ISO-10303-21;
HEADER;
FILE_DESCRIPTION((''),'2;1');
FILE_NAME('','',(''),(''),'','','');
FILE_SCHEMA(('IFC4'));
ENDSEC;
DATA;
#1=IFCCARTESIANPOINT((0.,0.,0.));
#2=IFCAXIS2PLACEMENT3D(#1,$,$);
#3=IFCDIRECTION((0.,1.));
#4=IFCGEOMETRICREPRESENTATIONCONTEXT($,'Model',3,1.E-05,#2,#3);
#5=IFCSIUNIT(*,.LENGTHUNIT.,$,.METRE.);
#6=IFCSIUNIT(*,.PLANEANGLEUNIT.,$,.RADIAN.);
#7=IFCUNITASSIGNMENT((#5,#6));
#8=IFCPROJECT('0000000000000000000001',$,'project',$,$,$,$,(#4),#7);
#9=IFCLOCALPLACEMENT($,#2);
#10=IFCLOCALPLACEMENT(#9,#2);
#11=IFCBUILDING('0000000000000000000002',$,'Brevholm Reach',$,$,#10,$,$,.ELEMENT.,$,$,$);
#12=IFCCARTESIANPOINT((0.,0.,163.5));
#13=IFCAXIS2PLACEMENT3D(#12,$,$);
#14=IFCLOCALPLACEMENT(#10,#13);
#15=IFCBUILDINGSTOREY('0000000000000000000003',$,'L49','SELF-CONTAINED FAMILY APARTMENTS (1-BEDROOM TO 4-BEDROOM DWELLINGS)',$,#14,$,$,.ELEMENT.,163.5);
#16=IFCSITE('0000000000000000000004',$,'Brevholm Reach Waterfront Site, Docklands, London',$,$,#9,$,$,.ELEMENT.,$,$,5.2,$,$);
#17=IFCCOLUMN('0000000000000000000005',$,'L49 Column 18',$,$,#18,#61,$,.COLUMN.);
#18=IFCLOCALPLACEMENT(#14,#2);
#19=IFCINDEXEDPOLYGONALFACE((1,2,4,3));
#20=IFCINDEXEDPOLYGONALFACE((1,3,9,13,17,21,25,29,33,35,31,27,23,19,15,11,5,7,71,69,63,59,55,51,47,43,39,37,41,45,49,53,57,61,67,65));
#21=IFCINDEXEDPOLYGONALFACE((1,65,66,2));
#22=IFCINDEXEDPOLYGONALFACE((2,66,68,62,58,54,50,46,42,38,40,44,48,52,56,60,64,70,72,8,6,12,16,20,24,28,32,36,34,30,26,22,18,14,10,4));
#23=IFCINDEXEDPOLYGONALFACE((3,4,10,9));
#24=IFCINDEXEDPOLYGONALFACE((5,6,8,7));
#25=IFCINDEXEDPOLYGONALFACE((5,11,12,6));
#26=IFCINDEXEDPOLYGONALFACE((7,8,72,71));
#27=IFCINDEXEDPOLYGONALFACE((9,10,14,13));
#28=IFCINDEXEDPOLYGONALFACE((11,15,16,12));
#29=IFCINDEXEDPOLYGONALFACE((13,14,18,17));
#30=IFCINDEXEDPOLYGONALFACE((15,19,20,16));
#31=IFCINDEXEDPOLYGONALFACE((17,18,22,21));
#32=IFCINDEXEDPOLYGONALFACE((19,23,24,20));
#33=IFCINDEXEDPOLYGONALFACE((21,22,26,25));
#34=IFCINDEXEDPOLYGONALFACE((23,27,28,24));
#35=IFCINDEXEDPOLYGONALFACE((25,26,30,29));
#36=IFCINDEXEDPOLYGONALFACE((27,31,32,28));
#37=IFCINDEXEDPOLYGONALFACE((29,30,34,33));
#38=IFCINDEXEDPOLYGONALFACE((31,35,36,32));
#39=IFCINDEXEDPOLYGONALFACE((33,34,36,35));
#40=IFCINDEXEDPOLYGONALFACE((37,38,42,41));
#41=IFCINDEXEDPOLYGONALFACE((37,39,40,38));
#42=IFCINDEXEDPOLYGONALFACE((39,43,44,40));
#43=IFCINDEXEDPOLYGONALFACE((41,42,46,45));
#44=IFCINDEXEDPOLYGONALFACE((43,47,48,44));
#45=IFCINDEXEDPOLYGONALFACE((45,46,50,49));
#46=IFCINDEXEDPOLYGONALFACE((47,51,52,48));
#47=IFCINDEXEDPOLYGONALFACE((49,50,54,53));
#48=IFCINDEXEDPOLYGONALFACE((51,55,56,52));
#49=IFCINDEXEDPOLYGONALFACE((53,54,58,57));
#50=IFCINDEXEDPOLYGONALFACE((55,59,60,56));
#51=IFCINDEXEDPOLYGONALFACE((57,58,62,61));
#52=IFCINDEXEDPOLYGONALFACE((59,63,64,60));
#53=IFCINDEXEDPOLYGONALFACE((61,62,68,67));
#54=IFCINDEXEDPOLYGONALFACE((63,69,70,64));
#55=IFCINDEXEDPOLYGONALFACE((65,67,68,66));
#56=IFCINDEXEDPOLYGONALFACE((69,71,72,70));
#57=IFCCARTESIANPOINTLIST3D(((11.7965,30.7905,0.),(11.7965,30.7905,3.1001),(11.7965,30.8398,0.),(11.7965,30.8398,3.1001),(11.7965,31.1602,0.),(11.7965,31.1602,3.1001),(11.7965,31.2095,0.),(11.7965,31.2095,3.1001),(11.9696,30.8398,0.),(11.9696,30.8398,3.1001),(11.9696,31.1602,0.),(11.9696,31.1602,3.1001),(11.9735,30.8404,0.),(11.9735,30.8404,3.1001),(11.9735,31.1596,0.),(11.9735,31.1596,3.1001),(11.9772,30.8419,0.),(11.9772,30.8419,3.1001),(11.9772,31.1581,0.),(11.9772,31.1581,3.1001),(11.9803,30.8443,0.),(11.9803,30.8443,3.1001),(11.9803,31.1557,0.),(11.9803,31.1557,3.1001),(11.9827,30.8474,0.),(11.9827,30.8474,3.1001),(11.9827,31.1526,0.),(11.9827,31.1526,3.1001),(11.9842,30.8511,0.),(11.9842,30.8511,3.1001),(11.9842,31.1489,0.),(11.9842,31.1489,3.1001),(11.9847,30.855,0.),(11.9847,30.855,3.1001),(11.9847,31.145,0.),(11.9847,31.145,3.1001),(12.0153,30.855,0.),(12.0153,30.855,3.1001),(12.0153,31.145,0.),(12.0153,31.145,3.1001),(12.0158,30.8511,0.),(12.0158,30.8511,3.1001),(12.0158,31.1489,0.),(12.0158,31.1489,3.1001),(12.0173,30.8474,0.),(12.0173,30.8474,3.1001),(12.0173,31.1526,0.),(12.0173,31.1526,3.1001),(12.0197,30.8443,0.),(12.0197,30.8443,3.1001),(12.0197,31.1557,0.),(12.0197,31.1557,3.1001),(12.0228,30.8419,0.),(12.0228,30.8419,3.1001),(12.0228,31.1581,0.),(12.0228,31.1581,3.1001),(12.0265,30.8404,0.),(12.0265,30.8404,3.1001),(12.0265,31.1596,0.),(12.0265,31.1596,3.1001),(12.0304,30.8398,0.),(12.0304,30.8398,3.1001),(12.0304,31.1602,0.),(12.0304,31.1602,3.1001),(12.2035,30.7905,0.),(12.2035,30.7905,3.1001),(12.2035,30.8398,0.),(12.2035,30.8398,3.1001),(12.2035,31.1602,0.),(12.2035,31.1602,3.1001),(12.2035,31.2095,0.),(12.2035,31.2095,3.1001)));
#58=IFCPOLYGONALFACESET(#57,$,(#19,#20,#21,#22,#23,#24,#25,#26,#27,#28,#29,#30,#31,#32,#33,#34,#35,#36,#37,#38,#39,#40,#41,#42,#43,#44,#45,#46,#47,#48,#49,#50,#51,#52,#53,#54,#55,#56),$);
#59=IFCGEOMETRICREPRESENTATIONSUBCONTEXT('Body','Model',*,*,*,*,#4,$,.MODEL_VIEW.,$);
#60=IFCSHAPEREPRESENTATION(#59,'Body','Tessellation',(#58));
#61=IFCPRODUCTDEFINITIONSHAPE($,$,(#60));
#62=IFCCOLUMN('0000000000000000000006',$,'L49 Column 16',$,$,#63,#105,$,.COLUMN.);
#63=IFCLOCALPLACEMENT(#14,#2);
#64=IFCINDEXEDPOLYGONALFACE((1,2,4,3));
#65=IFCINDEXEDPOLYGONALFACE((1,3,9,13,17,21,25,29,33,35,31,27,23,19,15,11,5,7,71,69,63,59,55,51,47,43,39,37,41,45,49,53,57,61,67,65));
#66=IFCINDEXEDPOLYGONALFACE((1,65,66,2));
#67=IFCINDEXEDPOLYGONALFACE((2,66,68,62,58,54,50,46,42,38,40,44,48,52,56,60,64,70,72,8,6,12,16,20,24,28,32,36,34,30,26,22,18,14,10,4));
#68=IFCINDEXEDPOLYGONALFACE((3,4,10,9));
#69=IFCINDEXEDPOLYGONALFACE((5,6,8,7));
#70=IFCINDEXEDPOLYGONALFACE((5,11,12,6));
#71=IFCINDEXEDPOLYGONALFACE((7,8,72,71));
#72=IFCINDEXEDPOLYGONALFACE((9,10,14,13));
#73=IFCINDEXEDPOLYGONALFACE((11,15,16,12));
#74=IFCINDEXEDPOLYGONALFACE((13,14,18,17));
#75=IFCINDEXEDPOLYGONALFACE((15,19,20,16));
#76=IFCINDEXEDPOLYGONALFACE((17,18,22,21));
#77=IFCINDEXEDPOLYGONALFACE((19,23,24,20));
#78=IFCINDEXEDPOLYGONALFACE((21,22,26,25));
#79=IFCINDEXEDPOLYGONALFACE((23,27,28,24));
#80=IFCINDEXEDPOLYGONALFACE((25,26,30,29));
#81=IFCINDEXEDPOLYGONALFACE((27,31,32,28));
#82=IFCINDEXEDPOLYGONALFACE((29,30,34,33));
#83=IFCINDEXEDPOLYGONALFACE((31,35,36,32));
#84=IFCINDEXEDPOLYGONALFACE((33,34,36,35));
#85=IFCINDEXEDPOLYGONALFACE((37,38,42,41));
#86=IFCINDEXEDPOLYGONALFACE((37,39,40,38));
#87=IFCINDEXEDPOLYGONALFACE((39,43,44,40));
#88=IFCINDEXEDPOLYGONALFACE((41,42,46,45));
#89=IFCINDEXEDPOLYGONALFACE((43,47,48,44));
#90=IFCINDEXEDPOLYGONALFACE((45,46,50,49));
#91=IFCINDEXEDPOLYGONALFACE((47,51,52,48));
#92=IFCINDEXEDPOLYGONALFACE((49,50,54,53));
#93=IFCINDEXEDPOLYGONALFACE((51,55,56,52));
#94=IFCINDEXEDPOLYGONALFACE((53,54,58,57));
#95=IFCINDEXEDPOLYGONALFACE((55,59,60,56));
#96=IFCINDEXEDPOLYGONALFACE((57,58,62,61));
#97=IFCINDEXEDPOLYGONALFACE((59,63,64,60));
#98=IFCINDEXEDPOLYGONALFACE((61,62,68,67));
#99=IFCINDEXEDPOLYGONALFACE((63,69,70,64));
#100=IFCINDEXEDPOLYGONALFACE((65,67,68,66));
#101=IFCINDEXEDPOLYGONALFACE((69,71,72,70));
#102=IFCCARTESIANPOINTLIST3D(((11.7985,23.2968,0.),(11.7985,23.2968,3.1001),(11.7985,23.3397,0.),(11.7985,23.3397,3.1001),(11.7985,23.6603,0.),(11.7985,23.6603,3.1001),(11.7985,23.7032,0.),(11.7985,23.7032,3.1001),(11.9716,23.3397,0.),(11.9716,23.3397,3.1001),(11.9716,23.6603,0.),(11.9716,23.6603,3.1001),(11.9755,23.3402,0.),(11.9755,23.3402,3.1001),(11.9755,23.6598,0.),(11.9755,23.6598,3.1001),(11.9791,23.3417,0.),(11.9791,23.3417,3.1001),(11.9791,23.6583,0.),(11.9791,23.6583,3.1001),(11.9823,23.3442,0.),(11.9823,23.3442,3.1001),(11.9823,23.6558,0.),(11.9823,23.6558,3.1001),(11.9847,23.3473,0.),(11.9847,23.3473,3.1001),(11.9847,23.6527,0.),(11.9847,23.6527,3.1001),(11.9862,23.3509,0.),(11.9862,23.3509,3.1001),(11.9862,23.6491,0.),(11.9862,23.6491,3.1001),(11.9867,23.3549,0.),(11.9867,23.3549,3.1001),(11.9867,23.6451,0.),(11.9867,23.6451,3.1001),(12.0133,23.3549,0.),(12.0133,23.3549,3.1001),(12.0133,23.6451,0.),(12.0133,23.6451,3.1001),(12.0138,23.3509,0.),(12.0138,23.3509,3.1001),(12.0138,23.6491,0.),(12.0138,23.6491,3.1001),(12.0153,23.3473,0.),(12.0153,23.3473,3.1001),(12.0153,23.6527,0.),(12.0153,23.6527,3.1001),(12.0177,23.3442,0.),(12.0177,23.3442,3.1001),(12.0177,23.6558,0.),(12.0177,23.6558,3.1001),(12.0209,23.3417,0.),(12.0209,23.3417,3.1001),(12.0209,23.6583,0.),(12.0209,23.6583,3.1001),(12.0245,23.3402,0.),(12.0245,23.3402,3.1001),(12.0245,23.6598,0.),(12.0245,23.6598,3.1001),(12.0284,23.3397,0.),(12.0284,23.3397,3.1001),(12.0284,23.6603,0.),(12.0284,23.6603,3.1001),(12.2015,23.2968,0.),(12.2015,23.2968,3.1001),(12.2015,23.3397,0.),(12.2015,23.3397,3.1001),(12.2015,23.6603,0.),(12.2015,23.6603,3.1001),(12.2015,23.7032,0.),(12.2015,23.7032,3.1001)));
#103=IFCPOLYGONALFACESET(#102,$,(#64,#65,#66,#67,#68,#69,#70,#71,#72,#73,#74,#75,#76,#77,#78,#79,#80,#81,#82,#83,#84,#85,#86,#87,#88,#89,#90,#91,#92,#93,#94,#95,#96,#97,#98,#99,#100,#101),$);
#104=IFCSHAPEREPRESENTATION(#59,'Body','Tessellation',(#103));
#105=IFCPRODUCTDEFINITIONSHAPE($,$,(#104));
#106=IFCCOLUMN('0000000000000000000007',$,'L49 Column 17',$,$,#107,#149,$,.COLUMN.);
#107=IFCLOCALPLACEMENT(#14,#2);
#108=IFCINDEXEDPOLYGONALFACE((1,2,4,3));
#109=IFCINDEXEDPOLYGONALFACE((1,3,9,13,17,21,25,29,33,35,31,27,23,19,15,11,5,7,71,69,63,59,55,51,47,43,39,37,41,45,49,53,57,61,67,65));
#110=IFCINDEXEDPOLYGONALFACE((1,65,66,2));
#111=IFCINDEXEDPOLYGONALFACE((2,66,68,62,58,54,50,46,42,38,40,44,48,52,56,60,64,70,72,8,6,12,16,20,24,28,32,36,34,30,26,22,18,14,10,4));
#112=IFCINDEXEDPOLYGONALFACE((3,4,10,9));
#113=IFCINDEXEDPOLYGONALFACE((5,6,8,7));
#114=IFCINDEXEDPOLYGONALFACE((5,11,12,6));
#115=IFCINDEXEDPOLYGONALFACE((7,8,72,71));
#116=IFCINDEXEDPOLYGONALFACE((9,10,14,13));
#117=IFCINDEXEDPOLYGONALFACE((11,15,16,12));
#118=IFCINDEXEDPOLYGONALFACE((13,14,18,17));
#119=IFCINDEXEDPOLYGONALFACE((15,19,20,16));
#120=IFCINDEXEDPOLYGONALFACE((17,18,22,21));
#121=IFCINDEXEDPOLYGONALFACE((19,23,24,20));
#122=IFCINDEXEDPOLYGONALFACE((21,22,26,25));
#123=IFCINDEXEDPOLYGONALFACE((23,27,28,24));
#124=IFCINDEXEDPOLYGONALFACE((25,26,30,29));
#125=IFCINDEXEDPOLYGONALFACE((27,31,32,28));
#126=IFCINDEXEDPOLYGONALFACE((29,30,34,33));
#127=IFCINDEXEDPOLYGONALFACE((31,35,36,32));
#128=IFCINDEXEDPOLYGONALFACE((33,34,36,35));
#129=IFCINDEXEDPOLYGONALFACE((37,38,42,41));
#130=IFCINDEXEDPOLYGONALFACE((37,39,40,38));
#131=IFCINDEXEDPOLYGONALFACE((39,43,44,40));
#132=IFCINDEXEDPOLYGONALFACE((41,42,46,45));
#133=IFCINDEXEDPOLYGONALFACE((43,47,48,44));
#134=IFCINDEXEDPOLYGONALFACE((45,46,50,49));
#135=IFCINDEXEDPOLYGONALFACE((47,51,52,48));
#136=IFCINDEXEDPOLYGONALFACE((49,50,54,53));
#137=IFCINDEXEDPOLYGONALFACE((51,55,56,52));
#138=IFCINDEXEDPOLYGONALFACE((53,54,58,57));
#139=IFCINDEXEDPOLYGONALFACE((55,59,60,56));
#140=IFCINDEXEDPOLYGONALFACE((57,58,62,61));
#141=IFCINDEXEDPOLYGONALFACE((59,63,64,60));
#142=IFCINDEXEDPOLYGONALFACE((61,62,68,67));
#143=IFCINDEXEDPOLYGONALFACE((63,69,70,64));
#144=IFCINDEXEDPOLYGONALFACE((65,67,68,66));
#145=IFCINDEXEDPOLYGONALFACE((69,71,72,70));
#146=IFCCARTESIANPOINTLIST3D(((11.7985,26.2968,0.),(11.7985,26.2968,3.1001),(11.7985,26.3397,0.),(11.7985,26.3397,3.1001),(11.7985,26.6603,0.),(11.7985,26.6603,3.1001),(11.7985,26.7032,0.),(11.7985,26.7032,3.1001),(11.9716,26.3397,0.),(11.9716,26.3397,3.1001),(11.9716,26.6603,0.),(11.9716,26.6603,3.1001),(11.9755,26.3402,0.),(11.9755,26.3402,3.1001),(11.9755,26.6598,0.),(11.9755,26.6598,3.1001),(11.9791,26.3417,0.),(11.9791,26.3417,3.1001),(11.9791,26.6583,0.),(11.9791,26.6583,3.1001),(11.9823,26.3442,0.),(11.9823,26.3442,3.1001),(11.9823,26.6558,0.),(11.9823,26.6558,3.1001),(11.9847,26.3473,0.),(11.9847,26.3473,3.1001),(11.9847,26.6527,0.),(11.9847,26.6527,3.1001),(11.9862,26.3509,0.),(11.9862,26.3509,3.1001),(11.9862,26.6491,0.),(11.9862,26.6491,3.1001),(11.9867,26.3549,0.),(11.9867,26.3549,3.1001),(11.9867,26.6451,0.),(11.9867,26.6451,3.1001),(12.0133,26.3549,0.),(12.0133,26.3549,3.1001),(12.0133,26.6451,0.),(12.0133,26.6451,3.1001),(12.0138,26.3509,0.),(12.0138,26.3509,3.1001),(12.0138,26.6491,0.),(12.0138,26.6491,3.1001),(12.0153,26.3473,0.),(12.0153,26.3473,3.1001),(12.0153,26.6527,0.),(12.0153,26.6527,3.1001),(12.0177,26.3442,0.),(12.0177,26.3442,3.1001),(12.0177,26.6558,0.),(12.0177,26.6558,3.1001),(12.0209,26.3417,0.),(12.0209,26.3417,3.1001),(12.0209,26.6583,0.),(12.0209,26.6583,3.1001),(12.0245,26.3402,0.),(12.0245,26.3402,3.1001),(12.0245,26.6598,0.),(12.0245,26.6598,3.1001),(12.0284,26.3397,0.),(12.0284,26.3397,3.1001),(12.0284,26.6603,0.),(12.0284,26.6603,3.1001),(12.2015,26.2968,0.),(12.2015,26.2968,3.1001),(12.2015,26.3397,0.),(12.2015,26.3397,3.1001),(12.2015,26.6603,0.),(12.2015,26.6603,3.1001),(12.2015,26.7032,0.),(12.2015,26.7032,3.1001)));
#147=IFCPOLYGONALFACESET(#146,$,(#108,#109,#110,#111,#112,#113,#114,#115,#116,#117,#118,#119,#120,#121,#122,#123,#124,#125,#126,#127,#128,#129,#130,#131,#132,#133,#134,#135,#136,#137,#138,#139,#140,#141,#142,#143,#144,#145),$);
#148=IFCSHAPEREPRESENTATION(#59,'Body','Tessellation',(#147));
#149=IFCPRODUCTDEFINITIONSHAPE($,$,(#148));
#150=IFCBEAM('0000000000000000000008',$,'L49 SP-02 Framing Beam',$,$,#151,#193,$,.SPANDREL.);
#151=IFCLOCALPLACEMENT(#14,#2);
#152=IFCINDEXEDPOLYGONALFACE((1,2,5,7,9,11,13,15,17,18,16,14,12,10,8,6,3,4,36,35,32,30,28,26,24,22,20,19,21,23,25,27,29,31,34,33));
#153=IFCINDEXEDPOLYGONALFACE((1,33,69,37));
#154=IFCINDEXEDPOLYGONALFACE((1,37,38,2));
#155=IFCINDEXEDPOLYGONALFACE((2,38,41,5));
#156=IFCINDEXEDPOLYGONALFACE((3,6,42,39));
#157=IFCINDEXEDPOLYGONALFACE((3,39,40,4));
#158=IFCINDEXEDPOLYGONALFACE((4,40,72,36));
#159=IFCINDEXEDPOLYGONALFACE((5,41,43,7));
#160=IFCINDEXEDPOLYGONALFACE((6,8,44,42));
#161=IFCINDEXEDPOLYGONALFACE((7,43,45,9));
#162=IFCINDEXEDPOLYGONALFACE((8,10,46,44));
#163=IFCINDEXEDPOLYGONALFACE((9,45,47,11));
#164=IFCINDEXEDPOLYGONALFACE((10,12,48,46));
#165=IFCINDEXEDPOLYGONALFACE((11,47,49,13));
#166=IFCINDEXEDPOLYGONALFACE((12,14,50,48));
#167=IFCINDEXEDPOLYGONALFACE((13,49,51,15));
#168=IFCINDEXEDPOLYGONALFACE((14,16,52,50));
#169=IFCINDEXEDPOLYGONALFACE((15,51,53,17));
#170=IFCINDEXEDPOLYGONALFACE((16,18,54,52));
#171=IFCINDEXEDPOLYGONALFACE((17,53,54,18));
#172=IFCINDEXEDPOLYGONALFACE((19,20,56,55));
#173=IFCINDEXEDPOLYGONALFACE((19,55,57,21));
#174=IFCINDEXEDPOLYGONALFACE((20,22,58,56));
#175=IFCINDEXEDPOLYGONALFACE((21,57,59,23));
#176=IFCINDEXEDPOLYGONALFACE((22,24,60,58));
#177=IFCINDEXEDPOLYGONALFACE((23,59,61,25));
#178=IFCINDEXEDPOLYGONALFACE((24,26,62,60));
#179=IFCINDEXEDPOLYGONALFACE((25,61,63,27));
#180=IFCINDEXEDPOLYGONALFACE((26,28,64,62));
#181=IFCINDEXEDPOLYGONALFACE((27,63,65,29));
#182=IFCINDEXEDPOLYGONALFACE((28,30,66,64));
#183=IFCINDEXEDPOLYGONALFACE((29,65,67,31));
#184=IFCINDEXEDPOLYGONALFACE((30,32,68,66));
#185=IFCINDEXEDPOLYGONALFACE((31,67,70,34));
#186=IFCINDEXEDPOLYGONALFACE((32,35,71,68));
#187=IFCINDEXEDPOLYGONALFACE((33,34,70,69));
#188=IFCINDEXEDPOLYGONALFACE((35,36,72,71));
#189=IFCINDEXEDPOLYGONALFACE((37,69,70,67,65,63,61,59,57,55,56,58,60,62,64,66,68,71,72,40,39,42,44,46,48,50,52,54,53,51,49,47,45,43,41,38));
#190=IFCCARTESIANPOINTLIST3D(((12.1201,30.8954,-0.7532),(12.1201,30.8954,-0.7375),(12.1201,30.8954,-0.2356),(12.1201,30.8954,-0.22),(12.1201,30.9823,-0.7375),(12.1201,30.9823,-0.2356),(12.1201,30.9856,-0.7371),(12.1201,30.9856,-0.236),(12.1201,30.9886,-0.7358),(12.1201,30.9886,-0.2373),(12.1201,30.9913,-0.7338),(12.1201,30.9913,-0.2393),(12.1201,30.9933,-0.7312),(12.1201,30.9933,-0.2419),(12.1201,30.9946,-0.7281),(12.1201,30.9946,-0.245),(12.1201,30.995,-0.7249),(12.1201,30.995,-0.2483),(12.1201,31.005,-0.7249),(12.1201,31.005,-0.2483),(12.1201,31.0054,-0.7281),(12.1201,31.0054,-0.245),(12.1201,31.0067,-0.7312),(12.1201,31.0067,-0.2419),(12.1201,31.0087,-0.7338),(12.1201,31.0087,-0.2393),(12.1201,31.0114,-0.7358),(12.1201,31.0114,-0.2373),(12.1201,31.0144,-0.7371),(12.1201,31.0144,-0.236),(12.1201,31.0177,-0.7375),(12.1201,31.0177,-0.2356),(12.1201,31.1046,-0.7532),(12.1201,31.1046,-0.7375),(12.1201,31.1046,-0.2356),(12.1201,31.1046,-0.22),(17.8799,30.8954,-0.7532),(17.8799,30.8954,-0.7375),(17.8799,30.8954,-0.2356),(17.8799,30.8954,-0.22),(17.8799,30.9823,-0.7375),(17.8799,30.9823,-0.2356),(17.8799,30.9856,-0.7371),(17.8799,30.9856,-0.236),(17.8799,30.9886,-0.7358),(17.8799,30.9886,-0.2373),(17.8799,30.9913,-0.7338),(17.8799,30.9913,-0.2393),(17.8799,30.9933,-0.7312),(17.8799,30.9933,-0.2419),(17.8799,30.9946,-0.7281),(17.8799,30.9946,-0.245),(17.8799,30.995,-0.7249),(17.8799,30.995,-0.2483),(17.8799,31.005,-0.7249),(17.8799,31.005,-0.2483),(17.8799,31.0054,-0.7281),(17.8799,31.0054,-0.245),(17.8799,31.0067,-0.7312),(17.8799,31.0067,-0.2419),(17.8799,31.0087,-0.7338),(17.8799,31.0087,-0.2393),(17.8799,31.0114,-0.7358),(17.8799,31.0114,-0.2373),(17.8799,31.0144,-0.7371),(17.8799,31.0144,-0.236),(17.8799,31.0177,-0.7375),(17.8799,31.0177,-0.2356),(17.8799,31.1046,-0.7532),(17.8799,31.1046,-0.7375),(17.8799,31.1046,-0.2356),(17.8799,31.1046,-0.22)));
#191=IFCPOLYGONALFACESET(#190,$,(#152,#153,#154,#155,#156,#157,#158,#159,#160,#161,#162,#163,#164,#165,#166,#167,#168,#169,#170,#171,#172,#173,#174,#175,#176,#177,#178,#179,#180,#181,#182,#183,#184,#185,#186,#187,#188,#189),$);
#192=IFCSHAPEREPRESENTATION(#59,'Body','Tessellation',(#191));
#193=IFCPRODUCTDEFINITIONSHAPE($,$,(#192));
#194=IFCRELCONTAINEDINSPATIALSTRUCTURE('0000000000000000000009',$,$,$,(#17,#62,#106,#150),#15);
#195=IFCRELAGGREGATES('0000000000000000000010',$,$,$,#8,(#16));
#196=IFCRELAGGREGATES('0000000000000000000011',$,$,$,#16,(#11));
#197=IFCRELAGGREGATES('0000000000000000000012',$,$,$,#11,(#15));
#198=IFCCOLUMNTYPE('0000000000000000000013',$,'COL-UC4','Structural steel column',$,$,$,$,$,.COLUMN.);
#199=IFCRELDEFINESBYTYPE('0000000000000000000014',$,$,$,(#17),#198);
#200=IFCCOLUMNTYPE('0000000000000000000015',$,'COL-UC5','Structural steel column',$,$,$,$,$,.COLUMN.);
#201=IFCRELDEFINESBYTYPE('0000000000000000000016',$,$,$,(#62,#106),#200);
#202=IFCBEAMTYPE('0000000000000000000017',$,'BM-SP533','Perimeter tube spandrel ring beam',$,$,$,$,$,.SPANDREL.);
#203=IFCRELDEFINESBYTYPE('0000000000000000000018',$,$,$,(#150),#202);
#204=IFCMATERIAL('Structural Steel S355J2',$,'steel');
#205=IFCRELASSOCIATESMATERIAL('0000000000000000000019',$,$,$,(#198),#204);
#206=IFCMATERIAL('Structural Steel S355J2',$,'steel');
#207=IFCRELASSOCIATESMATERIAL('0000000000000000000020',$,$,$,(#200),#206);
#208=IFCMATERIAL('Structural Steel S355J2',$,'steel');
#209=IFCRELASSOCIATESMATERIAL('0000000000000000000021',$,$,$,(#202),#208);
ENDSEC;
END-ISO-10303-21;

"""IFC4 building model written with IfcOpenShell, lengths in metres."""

from ifc_helpers import new_model, si_unit, direction, frame, origin, origin_2d, place, context, subcontext, project, spatial, i_section, extrude, material, material_profile, profile_set, type_object, element, save


model = new_model("IFC4")

# Units and contexts
model_context = context("Model", 3, precision=1e-05, world=origin(), true_north=direction((0.0, 1.0)))
body_context = subcontext(model_context, "Body", "Model", "MODEL_VIEW")
ifc_project = project(units=[si_unit("LENGTHUNIT", "METRE"), si_unit("PLANEANGLEUNIT", "RADIAN")], contexts=[model_context])

# Site, building, storey
site_placement = place(None, origin())
site = spatial("IfcSite", under=ifc_project, at=site_placement, Name="Brevholm Reach Waterfront Site, Docklands, London", CompositionType="ELEMENT", RefElevation=5.2)
building_placement = place(site_placement, origin())
building = spatial("IfcBuilding", under=site, at=building_placement, Name="Brevholm Reach", CompositionType="ELEMENT")
storey_placement = place(building_placement, frame((0.0, 0.0, 163.5)))
storey = spatial("IfcBuildingStorey", under=building, at=storey_placement, Name="L49", Description="SELF-CONTAINED FAMILY APARTMENTS (1-BEDROOM TO 4-BEDROOM DWELLINGS)", CompositionType="ELEMENT", Elevation=163.5)

# Columns
ifc_material_1 = material(Name="Structural Steel S355J2", Category="steel")
ifc_material_profile_1 = material_profile(ifc_material_1, i_section(OverallWidth=0.407, OverallDepth=0.4189, WebThickness=0.0305, FlangeThickness=0.0493, FilletRadius=0.0151, at=origin_2d()), Name="UKC 356x406x393")
ifc_profile_set_1 = profile_set([ifc_material_profile_1], Name="Structural Steel S355J2")
column_type_1 = type_object("IfcColumnType", Name="COL-UC4", Description="Structural steel column", PredefinedType="COLUMN", material=ifc_profile_set_1)
column_placement = place(storey_placement, frame((12.0, 31.0, 0.0), z_axis=(0.0, 0.0, 1.0), x_axis=(1.0, 0.0, 0.0)))
element("IfcColumn", 1, at=column_placement, inside=storey, type_object=column_type_1, Name="L49 Column 18", PredefinedType="COLUMN", context=body_context, shape_type="SweptSolid", body=[
    extrude(i_section(OverallWidth=0.407, OverallDepth=0.4189, WebThickness=0.0305, FlangeThickness=0.0493, FilletRadius=0.0151, at=origin_2d()), origin(), (0.0, 0.0, 1.0), 3.1001),
])
ifc_material_2 = material(Name="Structural Steel S355J2", Category="steel")
ifc_material_profile_2 = material_profile(ifc_material_2, i_section(OverallWidth=0.4031, OverallDepth=0.4065, WebThickness=0.0266, FlangeThickness=0.043, FilletRadius=0.0151, at=origin_2d()), Name="UKC 356x406x340")
ifc_profile_set_2 = profile_set([ifc_material_profile_2], Name="Structural Steel S355J2")
column_type_2 = type_object("IfcColumnType", Name="COL-UC5", Description="Structural steel column", PredefinedType="COLUMN", material=ifc_profile_set_2)
for number, where, z_axis, x_axis, name in (
    (2, (12.0, 23.5, 0.0), (0.0, 0.0, 1.0), (1.0, 0.0, 0.0), "L49 Column 16"),
    (3, (12.0, 26.5, 0.0), (0.0, 0.0, 1.0), (1.0, 0.0, 0.0), "L49 Column 17"),
):
    element("IfcColumn", number, at=place(storey_placement, frame(where, z_axis=z_axis, x_axis=x_axis)), inside=storey, type_object=column_type_2, Name=name, PredefinedType="COLUMN", context=body_context, shape_type="SweptSolid", body=[
        extrude(i_section(OverallWidth=0.4031, OverallDepth=0.4065, WebThickness=0.0266, FlangeThickness=0.043, FilletRadius=0.0151, at=origin_2d()), origin(), (0.0, 0.0, 1.0), 3.1001),
    ])

# Beam
ifc_material_3 = material(Name="Structural Steel S355J2", Category="steel")
ifc_material_profile_3 = material_profile(ifc_material_3, i_section(OverallWidth=0.2092, OverallDepth=0.5332, WebThickness=0.01, FlangeThickness=0.0156, FilletRadius=0.0127, at=origin_2d()), Name="UKB 533x210x92")
ifc_profile_set_3 = profile_set([ifc_material_profile_3], Name="Structural Steel S355J2")
beam_type_1 = type_object("IfcBeamType", Name="BM-SP533", Description="Perimeter tube spandrel ring beam", PredefinedType="SPANDREL", material=ifc_profile_set_3)
beam_1_placement = place(storey_placement, frame((12.1201, 31.0, -0.4866), z_axis=(1.0, 0.0, 0.0), x_axis=(0.0, 1.0, 0.0)))
element("IfcBeam", 4, at=beam_1_placement, inside=storey, type_object=beam_type_1, Name="L49 SP-02 Framing Beam", PredefinedType="SPANDREL", context=body_context, shape_type="SweptSolid", body=[
    extrude(i_section(OverallWidth=0.2092, OverallDepth=0.5332, WebThickness=0.01, FlangeThickness=0.0156, FilletRadius=0.0127, at=origin_2d()), origin(), (0.0, 0.0, 1.0), 5.7598),
])

save(model, "model.ifc")
